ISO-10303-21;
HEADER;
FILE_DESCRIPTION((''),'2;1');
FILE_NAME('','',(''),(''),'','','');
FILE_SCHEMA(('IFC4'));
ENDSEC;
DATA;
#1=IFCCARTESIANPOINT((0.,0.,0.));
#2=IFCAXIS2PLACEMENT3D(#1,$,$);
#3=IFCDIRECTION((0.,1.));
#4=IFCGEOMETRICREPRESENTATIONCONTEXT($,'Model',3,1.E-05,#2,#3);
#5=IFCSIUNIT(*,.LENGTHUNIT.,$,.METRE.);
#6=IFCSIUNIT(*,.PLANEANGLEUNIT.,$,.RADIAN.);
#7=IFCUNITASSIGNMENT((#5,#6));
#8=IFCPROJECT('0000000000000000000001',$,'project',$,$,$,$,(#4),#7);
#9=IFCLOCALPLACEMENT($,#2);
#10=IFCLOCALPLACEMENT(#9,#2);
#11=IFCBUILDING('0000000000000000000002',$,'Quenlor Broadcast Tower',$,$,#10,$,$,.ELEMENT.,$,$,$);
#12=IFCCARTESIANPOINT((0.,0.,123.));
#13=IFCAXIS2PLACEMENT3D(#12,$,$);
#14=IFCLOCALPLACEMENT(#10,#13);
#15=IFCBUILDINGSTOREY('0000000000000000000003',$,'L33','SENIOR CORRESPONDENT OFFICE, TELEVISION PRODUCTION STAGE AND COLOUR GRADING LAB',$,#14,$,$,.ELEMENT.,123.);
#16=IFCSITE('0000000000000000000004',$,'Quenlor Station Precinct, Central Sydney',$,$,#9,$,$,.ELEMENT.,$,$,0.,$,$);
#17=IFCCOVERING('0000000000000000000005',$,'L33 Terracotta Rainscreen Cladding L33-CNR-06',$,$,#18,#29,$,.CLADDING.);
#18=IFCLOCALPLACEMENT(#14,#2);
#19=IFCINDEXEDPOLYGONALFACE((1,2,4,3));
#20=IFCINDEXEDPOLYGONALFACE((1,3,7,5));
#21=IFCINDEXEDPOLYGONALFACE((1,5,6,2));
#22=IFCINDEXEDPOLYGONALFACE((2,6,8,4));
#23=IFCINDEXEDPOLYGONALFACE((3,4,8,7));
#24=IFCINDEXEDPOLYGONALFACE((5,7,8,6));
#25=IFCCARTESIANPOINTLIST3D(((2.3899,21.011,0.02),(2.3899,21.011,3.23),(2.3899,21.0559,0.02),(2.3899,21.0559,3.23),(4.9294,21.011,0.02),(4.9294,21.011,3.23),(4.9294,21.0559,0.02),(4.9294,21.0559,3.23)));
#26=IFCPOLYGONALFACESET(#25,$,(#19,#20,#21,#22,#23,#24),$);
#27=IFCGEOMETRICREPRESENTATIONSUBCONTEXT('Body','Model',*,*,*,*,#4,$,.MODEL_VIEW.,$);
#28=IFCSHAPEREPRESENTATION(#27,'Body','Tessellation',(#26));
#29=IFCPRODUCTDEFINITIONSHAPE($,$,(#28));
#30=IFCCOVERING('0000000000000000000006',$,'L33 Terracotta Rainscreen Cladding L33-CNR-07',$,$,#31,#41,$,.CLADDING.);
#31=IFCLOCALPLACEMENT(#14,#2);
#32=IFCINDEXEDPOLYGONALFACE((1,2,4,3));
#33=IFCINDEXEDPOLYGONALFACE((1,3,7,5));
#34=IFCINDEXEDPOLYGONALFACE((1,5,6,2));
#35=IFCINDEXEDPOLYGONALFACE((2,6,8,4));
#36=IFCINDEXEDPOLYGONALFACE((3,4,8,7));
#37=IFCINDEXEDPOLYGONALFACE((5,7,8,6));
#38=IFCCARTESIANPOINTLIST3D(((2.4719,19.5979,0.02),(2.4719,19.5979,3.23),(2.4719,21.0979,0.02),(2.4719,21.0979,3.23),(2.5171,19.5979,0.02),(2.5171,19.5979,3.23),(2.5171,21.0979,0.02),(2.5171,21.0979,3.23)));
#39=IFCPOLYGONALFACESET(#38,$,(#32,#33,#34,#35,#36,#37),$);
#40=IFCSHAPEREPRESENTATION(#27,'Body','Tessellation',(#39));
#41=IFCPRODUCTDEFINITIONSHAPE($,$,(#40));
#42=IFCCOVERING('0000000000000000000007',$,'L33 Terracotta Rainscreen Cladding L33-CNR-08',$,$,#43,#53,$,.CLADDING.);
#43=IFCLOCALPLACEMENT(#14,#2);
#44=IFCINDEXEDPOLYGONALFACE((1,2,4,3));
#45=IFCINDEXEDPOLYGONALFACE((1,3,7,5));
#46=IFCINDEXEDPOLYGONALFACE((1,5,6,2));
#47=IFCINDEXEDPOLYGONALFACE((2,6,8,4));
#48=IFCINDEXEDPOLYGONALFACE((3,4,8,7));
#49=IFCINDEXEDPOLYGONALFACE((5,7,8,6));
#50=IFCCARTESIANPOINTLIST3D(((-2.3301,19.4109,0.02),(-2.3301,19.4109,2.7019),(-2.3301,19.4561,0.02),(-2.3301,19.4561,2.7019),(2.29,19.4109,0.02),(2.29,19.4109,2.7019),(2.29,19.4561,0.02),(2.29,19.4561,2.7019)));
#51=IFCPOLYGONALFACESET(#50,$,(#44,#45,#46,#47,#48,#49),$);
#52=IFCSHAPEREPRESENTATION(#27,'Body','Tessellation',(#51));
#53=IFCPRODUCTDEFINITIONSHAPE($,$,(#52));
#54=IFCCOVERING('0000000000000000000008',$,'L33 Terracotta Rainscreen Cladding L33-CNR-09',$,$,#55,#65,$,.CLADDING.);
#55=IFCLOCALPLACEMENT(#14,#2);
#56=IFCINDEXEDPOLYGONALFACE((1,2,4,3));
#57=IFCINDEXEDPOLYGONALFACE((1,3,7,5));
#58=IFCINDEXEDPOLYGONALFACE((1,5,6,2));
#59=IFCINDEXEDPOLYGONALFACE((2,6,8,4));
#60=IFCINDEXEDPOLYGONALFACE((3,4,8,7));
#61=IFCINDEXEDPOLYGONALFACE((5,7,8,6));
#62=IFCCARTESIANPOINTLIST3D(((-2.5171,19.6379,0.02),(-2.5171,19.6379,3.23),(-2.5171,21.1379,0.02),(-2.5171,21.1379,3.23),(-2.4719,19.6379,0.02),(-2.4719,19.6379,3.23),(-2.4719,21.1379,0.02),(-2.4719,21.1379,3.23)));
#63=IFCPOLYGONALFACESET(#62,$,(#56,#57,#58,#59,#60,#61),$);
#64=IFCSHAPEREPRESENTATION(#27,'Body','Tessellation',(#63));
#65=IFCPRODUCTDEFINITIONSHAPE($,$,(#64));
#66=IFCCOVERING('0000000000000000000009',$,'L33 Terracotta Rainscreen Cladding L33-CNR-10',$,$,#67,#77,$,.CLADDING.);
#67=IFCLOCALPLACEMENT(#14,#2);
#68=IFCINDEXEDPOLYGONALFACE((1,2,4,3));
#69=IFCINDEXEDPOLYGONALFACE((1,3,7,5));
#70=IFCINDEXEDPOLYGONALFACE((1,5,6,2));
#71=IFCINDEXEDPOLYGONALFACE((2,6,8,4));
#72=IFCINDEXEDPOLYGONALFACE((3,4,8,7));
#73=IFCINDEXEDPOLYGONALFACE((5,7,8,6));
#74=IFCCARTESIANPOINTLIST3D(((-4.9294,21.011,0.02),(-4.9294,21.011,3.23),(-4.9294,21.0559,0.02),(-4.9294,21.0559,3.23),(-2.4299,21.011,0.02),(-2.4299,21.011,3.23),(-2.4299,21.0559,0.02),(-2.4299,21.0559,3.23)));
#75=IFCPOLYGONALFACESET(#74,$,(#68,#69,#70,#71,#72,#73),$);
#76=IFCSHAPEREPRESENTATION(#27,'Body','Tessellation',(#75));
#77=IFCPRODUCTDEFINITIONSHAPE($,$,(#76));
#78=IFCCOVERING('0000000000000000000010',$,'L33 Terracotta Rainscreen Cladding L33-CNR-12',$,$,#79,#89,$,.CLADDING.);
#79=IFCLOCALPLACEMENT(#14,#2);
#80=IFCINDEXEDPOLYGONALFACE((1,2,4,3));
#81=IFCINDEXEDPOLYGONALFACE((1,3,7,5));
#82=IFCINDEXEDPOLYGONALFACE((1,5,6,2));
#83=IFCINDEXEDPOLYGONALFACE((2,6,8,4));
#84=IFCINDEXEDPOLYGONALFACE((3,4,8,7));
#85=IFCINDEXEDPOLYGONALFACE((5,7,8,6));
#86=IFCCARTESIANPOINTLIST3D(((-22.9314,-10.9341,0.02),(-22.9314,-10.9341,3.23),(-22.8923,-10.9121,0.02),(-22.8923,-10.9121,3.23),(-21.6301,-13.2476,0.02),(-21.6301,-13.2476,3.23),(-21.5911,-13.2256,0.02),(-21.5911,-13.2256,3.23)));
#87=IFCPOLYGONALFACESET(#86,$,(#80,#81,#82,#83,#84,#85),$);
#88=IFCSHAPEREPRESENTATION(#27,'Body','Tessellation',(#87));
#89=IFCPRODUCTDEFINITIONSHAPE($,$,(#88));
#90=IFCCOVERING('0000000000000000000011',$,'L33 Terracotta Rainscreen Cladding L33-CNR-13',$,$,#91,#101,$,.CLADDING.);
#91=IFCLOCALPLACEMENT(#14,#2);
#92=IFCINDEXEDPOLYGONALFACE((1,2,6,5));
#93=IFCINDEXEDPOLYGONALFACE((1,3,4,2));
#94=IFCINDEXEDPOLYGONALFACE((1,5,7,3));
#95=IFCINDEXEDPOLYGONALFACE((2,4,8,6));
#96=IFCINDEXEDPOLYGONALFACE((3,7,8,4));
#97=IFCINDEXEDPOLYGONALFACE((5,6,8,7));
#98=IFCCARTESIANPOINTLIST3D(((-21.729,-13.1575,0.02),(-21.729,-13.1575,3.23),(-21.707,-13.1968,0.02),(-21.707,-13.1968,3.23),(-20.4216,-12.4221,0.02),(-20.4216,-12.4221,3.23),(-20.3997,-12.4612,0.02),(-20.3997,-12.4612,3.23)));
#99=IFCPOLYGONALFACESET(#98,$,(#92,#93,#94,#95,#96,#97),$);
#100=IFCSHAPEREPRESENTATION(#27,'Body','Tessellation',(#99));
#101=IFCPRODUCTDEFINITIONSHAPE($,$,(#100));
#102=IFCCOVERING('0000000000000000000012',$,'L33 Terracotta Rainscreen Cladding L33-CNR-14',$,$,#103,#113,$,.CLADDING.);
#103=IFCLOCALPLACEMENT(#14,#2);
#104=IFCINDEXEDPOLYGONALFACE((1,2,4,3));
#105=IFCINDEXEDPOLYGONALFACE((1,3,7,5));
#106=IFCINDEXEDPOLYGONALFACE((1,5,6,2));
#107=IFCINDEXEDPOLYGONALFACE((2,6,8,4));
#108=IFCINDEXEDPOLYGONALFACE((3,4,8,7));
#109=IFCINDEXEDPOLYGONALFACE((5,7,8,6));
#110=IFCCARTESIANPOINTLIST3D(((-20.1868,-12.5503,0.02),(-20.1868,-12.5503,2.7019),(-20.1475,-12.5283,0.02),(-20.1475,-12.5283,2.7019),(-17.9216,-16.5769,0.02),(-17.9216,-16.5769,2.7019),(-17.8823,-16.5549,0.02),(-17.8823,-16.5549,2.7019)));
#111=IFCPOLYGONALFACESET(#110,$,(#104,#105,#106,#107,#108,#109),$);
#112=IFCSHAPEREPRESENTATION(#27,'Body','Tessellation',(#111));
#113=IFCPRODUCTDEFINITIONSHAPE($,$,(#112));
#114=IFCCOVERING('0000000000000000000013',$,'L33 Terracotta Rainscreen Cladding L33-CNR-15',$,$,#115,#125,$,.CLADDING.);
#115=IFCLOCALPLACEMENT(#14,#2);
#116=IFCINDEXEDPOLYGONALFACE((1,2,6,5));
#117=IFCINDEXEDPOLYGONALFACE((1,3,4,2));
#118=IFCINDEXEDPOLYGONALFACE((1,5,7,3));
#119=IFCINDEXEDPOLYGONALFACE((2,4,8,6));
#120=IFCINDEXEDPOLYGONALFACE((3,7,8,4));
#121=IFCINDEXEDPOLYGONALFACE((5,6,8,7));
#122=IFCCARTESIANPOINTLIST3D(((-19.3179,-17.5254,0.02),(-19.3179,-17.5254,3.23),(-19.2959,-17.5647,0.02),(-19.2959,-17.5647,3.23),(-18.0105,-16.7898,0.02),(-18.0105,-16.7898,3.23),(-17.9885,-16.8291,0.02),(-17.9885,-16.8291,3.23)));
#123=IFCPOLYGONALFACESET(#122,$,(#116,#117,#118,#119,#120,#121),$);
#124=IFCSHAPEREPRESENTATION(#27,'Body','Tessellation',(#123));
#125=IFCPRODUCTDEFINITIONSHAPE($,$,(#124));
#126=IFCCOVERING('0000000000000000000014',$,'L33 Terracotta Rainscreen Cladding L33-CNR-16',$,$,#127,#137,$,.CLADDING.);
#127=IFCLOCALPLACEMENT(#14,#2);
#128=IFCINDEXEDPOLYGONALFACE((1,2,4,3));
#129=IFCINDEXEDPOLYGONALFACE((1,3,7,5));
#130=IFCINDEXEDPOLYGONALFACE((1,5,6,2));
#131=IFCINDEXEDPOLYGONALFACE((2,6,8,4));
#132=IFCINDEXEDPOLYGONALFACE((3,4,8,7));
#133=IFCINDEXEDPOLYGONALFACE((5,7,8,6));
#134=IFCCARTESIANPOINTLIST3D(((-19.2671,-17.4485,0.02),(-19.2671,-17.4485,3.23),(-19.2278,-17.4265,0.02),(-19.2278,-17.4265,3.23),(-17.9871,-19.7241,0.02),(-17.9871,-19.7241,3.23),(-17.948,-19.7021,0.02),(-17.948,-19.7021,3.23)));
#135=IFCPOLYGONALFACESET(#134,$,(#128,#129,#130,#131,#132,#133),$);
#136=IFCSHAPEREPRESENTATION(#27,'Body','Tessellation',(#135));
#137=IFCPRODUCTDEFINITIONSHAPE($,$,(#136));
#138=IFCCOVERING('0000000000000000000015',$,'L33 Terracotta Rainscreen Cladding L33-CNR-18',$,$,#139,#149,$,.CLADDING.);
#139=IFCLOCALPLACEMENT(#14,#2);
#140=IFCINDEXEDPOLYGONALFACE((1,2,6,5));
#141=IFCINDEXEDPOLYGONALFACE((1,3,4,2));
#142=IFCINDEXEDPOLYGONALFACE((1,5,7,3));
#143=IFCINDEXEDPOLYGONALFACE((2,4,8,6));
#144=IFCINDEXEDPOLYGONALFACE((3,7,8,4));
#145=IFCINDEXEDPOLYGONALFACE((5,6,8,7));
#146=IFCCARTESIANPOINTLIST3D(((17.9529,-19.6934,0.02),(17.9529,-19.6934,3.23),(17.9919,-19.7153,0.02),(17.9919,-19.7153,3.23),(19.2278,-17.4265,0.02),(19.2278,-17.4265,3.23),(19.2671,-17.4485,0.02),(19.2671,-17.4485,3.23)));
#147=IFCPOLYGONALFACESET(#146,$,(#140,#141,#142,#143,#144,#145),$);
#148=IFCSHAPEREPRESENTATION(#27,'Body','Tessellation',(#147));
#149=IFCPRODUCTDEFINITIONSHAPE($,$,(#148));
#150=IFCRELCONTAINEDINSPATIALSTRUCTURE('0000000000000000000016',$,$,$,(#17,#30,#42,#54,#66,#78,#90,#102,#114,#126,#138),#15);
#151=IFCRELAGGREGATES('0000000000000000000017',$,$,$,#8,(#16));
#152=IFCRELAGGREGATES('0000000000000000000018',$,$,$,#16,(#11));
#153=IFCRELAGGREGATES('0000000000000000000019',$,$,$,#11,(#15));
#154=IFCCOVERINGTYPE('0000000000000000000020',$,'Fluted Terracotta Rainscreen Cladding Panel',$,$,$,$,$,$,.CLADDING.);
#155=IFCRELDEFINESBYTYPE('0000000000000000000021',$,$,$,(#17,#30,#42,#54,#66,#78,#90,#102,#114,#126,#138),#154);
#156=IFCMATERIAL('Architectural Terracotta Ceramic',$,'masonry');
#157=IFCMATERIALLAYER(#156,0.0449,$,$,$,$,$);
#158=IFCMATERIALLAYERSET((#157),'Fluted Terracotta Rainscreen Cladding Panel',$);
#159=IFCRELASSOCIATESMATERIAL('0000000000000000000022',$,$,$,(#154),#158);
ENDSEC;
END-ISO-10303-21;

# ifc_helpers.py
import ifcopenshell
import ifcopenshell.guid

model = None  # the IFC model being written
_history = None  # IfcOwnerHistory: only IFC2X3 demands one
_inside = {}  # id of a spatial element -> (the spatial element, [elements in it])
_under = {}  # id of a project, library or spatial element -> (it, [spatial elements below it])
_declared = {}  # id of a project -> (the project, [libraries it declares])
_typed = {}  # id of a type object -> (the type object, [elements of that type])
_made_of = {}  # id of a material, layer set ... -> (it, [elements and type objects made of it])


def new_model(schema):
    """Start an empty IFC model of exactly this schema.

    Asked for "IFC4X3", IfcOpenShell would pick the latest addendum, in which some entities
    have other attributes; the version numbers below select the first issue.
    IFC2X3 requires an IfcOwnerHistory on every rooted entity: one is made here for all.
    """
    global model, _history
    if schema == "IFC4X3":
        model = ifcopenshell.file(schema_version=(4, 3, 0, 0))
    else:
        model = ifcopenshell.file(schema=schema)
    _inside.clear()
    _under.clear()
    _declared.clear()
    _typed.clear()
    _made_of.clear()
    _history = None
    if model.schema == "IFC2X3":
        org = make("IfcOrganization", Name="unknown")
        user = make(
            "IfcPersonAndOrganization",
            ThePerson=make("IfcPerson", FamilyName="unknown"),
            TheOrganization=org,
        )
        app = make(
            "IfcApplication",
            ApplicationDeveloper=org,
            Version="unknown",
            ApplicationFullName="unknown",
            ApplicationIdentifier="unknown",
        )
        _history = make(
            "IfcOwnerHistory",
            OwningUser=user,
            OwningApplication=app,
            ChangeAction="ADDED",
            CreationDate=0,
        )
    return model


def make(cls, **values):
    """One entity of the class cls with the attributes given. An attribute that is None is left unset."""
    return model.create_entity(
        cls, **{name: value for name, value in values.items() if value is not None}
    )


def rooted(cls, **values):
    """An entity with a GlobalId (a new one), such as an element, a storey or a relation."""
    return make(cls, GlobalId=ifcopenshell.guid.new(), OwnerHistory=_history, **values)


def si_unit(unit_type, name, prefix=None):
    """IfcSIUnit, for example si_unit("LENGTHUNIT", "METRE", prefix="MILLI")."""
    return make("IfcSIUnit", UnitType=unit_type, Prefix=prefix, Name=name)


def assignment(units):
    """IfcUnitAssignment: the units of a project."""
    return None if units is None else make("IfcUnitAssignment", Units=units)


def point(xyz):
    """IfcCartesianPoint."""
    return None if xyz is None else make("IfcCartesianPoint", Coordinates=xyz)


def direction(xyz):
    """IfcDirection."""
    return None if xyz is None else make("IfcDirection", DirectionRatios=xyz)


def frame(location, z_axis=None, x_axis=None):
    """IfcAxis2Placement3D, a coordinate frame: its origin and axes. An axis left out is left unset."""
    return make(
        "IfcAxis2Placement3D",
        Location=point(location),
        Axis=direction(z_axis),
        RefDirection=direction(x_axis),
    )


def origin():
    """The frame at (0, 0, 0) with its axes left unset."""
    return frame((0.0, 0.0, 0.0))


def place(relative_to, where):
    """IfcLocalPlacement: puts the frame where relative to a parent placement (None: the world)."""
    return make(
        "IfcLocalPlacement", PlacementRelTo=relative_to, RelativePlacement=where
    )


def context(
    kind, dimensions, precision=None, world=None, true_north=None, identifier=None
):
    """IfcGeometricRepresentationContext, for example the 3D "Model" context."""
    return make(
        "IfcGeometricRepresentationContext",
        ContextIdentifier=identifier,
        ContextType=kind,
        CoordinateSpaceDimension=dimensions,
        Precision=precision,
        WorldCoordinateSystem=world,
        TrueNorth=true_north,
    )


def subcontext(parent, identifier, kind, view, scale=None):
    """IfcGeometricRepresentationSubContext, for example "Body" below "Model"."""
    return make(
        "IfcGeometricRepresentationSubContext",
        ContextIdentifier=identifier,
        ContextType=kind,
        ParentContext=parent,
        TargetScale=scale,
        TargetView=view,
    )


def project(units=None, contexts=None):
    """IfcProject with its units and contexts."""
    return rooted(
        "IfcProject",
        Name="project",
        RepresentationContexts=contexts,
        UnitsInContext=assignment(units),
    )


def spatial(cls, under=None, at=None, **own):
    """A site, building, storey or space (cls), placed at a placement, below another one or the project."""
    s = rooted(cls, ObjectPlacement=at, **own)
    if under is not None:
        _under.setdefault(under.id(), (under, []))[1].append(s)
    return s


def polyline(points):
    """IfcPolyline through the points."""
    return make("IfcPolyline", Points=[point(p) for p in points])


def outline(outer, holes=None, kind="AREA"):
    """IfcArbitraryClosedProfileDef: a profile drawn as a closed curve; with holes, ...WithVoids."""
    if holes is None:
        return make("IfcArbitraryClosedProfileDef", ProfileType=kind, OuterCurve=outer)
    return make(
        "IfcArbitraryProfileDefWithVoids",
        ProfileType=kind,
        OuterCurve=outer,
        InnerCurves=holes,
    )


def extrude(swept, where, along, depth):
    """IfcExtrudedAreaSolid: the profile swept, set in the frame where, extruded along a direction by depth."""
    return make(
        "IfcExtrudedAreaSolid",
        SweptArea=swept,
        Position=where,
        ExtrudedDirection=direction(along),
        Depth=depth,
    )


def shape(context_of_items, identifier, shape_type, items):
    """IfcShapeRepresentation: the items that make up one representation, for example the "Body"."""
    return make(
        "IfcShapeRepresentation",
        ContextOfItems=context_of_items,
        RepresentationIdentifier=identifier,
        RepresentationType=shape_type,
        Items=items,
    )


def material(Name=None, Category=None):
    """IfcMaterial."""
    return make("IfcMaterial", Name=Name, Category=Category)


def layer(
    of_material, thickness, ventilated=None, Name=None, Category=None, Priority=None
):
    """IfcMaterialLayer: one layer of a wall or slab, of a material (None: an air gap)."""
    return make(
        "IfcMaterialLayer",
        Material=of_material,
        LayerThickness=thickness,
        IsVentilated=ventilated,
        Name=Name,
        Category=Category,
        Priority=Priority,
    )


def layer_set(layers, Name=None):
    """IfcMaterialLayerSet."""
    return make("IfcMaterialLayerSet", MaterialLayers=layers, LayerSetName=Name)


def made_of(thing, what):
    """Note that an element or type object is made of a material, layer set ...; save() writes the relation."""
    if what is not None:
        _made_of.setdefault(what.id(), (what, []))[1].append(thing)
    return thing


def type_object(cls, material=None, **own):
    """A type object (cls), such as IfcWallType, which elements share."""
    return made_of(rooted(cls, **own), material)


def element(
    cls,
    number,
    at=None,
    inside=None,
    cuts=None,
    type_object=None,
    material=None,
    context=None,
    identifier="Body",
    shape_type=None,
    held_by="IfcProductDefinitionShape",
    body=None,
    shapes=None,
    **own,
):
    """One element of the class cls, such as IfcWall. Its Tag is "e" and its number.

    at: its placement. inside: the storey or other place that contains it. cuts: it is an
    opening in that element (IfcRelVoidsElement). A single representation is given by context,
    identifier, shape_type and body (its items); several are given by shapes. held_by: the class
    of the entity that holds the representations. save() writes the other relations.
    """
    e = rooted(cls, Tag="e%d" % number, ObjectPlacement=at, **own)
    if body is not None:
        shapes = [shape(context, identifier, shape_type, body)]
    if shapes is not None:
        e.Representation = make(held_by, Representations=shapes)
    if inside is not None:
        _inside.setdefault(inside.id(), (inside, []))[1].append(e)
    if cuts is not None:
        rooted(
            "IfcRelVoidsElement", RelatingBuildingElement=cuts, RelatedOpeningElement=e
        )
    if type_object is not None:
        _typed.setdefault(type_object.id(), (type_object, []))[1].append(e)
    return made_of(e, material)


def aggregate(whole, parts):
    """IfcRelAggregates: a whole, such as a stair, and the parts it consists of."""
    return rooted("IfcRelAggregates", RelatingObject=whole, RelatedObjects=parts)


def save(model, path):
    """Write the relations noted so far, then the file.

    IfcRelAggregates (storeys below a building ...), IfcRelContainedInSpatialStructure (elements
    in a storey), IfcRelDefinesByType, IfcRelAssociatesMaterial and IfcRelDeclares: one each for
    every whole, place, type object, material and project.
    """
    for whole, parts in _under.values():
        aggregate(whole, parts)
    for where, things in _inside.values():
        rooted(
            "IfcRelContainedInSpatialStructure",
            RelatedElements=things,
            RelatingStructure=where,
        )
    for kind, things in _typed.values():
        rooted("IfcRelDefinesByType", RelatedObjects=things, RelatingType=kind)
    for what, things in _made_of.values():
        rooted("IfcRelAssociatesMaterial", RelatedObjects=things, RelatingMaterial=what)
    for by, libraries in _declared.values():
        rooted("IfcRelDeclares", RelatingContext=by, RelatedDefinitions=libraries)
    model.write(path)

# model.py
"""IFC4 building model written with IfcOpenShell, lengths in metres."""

from ifc_helpers import new_model, si_unit, direction, frame, origin, place, context, subcontext, project, spatial, polyline, outline, extrude, material, layer, layer_set, type_object, element, save


model = new_model("IFC4")

# Units and contexts
model_context = context("Model", 3, precision=1e-05, world=origin(), true_north=direction((0.0, 1.0)))
body_context = subcontext(model_context, "Body", "Model", "MODEL_VIEW")
ifc_project = project(units=[si_unit("LENGTHUNIT", "METRE"), si_unit("PLANEANGLEUNIT", "RADIAN")], contexts=[model_context])

# Site, building, storey
site_placement = place(None, origin())
site = spatial("IfcSite", under=ifc_project, at=site_placement, Name="Quenlor Station Precinct, Central Sydney", CompositionType="ELEMENT", RefElevation=0.0)
building_placement = place(site_placement, origin())
building = spatial("IfcBuilding", under=site, at=building_placement, Name="Quenlor Broadcast Tower", CompositionType="ELEMENT")
storey_placement = place(building_placement, frame((0.0, 0.0, 123.0)))
storey = spatial("IfcBuildingStorey", under=building, at=storey_placement, Name="L33", Description="SENIOR CORRESPONDENT OFFICE, TELEVISION PRODUCTION STAGE AND COLOUR GRADING LAB", CompositionType="ELEMENT", Elevation=123.0)

# Coverings
ifc_material_1 = material(Name="Architectural Terracotta Ceramic", Category="masonry")
ifc_layer_1 = layer(ifc_material_1, 0.0449)
ifc_layer_set_1 = layer_set([ifc_layer_1], Name="Fluted Terracotta Rainscreen Cladding Panel")
covering_type_1 = type_object("IfcCoveringType", Name="Fluted Terracotta Rainscreen Cladding Panel", PredefinedType="CLADDING", material=ifc_layer_set_1)
covering_1_placement = place(storey_placement, frame((0.0, 0.0, 0.02)))
element("IfcCovering", 1, at=covering_1_placement, inside=storey, type_object=covering_type_1, Name="L33 Terracotta Rainscreen Cladding L33-CNR-06", PredefinedType="CLADDING", context=body_context, shape_type="SweptSolid", body=[
    extrude(outline(polyline([(4.9294, 21.0559), (2.3899, 21.0559), (2.3899, 21.011), (4.9294, 21.011), (4.9294, 21.0559)])), origin(), (0.0, 0.0, 1.0), 3.21),
])
covering_2_placement = place(storey_placement, frame((0.0, 0.0, 0.02)))
element("IfcCovering", 2, at=covering_2_placement, inside=storey, type_object=covering_type_1, Name="L33 Terracotta Rainscreen Cladding L33-CNR-07", PredefinedType="CLADDING", context=body_context, shape_type="SweptSolid", body=[
    extrude(outline(polyline([(2.4719, 21.0979), (2.4719, 19.5979), (2.5171, 19.5979), (2.5171, 21.0979), (2.4719, 21.0979)])), origin(), (0.0, 0.0, 1.0), 3.21),
])
covering_3_placement = place(storey_placement, frame((0.0, 0.0, 0.02)))
element("IfcCovering", 3, at=covering_3_placement, inside=storey, type_object=covering_type_1, Name="L33 Terracotta Rainscreen Cladding L33-CNR-08", PredefinedType="CLADDING", context=body_context, shape_type="SweptSolid", body=[
    extrude(outline(polyline([(2.29, 19.4561), (-2.3301, 19.4561), (-2.3301, 19.4109), (2.29, 19.4109), (2.29, 19.4561)])), origin(), (0.0, 0.0, 1.0), 2.6819),
])
covering_4_placement = place(storey_placement, frame((0.0, 0.0, 0.02)))
element("IfcCovering", 4, at=covering_4_placement, inside=storey, type_object=covering_type_1, Name="L33 Terracotta Rainscreen Cladding L33-CNR-09", PredefinedType="CLADDING", context=body_context, shape_type="SweptSolid", body=[
    extrude(outline(polyline([(-2.4719, 19.6379), (-2.4719, 21.1379), (-2.5171, 21.1379), (-2.5171, 19.6379), (-2.4719, 19.6379)])), origin(), (0.0, 0.0, 1.0), 3.21),
])
covering_5_placement = place(storey_placement, frame((0.0, 0.0, 0.02)))
element("IfcCovering", 5, at=covering_5_placement, inside=storey, type_object=covering_type_1, Name="L33 Terracotta Rainscreen Cladding L33-CNR-10", PredefinedType="CLADDING", context=body_context, shape_type="SweptSolid", body=[
    extrude(outline(polyline([(-2.4299, 21.0559), (-4.9294, 21.0559), (-4.9294, 21.011), (-2.4299, 21.011), (-2.4299, 21.0559)])), origin(), (0.0, 0.0, 1.0), 3.21),
])
covering_6_placement = place(storey_placement, frame((0.0, 0.0, 0.02)))
element("IfcCovering", 6, at=covering_6_placement, inside=storey, type_object=covering_type_1, Name="L33 Terracotta Rainscreen Cladding L33-CNR-12", PredefinedType="CLADDING", context=body_context, shape_type="SweptSolid", body=[
    extrude(outline(polyline([(-22.9314, -10.9341), (-21.6301, -13.2476), (-21.5911, -13.2256), (-22.8923, -10.9121), (-22.9314, -10.9341)])), origin(), (0.0, 0.0, 1.0), 3.21),
])
covering_7_placement = place(storey_placement, frame((0.0, 0.0, 0.02)))
element("IfcCovering", 7, at=covering_7_placement, inside=storey, type_object=covering_type_1, Name="L33 Terracotta Rainscreen Cladding L33-CNR-13", PredefinedType="CLADDING", context=body_context, shape_type="SweptSolid", body=[
    extrude(outline(polyline([(-21.707, -13.1968), (-20.3997, -12.4612), (-20.4216, -12.4221), (-21.729, -13.1575), (-21.707, -13.1968)])), origin(), (0.0, 0.0, 1.0), 3.21),
])
covering_8_placement = place(storey_placement, frame((0.0, 0.0, 0.02)))
element("IfcCovering", 8, at=covering_8_placement, inside=storey, type_object=covering_type_1, Name="L33 Terracotta Rainscreen Cladding L33-CNR-14", PredefinedType="CLADDING", context=body_context, shape_type="SweptSolid", body=[
    extrude(outline(polyline([(-20.1868, -12.5503), (-17.9216, -16.5769), (-17.8823, -16.5549), (-20.1475, -12.5283), (-20.1868, -12.5503)])), origin(), (0.0, 0.0, 1.0), 2.6819),
])
covering_9_placement = place(storey_placement, frame((0.0, 0.0, 0.02)))
element("IfcCovering", 9, at=covering_9_placement, inside=storey, type_object=covering_type_1, Name="L33 Terracotta Rainscreen Cladding L33-CNR-15", PredefinedType="CLADDING", context=body_context, shape_type="SweptSolid", body=[
    extrude(outline(polyline([(-18.0105, -16.7898), (-19.3179, -17.5254), (-19.2959, -17.5647), (-17.9885, -16.8291), (-18.0105, -16.7898)])), origin(), (0.0, 0.0, 1.0), 3.21),
])
covering_10_placement = place(storey_placement, frame((0.0, 0.0, 0.02)))
element("IfcCovering", 10, at=covering_10_placement, inside=storey, type_object=covering_type_1, Name="L33 Terracotta Rainscreen Cladding L33-CNR-16", PredefinedType="CLADDING", context=body_context, shape_type="SweptSolid", body=[
    extrude(outline(polyline([(-19.2671, -17.4485), (-17.9871, -19.7241), (-17.948, -19.7021), (-19.2278, -17.4265), (-19.2671, -17.4485)])), origin(), (0.0, 0.0, 1.0), 3.21),
])
covering_11_placement = place(storey_placement, frame((0.0, 0.0, 0.02)))
element("IfcCovering", 11, at=covering_11_placement, inside=storey, type_object=covering_type_1, Name="L33 Terracotta Rainscreen Cladding L33-CNR-18", PredefinedType="CLADDING", context=body_context, shape_type="SweptSolid", body=[
    extrude(outline(polyline([(17.9919, -19.7153), (19.2671, -17.4485), (19.2278, -17.4265), (17.9529, -19.6934), (17.9919, -19.7153)])), origin(), (0.0, 0.0, 1.0), 3.21),
])

save(model, "model.ifc")
